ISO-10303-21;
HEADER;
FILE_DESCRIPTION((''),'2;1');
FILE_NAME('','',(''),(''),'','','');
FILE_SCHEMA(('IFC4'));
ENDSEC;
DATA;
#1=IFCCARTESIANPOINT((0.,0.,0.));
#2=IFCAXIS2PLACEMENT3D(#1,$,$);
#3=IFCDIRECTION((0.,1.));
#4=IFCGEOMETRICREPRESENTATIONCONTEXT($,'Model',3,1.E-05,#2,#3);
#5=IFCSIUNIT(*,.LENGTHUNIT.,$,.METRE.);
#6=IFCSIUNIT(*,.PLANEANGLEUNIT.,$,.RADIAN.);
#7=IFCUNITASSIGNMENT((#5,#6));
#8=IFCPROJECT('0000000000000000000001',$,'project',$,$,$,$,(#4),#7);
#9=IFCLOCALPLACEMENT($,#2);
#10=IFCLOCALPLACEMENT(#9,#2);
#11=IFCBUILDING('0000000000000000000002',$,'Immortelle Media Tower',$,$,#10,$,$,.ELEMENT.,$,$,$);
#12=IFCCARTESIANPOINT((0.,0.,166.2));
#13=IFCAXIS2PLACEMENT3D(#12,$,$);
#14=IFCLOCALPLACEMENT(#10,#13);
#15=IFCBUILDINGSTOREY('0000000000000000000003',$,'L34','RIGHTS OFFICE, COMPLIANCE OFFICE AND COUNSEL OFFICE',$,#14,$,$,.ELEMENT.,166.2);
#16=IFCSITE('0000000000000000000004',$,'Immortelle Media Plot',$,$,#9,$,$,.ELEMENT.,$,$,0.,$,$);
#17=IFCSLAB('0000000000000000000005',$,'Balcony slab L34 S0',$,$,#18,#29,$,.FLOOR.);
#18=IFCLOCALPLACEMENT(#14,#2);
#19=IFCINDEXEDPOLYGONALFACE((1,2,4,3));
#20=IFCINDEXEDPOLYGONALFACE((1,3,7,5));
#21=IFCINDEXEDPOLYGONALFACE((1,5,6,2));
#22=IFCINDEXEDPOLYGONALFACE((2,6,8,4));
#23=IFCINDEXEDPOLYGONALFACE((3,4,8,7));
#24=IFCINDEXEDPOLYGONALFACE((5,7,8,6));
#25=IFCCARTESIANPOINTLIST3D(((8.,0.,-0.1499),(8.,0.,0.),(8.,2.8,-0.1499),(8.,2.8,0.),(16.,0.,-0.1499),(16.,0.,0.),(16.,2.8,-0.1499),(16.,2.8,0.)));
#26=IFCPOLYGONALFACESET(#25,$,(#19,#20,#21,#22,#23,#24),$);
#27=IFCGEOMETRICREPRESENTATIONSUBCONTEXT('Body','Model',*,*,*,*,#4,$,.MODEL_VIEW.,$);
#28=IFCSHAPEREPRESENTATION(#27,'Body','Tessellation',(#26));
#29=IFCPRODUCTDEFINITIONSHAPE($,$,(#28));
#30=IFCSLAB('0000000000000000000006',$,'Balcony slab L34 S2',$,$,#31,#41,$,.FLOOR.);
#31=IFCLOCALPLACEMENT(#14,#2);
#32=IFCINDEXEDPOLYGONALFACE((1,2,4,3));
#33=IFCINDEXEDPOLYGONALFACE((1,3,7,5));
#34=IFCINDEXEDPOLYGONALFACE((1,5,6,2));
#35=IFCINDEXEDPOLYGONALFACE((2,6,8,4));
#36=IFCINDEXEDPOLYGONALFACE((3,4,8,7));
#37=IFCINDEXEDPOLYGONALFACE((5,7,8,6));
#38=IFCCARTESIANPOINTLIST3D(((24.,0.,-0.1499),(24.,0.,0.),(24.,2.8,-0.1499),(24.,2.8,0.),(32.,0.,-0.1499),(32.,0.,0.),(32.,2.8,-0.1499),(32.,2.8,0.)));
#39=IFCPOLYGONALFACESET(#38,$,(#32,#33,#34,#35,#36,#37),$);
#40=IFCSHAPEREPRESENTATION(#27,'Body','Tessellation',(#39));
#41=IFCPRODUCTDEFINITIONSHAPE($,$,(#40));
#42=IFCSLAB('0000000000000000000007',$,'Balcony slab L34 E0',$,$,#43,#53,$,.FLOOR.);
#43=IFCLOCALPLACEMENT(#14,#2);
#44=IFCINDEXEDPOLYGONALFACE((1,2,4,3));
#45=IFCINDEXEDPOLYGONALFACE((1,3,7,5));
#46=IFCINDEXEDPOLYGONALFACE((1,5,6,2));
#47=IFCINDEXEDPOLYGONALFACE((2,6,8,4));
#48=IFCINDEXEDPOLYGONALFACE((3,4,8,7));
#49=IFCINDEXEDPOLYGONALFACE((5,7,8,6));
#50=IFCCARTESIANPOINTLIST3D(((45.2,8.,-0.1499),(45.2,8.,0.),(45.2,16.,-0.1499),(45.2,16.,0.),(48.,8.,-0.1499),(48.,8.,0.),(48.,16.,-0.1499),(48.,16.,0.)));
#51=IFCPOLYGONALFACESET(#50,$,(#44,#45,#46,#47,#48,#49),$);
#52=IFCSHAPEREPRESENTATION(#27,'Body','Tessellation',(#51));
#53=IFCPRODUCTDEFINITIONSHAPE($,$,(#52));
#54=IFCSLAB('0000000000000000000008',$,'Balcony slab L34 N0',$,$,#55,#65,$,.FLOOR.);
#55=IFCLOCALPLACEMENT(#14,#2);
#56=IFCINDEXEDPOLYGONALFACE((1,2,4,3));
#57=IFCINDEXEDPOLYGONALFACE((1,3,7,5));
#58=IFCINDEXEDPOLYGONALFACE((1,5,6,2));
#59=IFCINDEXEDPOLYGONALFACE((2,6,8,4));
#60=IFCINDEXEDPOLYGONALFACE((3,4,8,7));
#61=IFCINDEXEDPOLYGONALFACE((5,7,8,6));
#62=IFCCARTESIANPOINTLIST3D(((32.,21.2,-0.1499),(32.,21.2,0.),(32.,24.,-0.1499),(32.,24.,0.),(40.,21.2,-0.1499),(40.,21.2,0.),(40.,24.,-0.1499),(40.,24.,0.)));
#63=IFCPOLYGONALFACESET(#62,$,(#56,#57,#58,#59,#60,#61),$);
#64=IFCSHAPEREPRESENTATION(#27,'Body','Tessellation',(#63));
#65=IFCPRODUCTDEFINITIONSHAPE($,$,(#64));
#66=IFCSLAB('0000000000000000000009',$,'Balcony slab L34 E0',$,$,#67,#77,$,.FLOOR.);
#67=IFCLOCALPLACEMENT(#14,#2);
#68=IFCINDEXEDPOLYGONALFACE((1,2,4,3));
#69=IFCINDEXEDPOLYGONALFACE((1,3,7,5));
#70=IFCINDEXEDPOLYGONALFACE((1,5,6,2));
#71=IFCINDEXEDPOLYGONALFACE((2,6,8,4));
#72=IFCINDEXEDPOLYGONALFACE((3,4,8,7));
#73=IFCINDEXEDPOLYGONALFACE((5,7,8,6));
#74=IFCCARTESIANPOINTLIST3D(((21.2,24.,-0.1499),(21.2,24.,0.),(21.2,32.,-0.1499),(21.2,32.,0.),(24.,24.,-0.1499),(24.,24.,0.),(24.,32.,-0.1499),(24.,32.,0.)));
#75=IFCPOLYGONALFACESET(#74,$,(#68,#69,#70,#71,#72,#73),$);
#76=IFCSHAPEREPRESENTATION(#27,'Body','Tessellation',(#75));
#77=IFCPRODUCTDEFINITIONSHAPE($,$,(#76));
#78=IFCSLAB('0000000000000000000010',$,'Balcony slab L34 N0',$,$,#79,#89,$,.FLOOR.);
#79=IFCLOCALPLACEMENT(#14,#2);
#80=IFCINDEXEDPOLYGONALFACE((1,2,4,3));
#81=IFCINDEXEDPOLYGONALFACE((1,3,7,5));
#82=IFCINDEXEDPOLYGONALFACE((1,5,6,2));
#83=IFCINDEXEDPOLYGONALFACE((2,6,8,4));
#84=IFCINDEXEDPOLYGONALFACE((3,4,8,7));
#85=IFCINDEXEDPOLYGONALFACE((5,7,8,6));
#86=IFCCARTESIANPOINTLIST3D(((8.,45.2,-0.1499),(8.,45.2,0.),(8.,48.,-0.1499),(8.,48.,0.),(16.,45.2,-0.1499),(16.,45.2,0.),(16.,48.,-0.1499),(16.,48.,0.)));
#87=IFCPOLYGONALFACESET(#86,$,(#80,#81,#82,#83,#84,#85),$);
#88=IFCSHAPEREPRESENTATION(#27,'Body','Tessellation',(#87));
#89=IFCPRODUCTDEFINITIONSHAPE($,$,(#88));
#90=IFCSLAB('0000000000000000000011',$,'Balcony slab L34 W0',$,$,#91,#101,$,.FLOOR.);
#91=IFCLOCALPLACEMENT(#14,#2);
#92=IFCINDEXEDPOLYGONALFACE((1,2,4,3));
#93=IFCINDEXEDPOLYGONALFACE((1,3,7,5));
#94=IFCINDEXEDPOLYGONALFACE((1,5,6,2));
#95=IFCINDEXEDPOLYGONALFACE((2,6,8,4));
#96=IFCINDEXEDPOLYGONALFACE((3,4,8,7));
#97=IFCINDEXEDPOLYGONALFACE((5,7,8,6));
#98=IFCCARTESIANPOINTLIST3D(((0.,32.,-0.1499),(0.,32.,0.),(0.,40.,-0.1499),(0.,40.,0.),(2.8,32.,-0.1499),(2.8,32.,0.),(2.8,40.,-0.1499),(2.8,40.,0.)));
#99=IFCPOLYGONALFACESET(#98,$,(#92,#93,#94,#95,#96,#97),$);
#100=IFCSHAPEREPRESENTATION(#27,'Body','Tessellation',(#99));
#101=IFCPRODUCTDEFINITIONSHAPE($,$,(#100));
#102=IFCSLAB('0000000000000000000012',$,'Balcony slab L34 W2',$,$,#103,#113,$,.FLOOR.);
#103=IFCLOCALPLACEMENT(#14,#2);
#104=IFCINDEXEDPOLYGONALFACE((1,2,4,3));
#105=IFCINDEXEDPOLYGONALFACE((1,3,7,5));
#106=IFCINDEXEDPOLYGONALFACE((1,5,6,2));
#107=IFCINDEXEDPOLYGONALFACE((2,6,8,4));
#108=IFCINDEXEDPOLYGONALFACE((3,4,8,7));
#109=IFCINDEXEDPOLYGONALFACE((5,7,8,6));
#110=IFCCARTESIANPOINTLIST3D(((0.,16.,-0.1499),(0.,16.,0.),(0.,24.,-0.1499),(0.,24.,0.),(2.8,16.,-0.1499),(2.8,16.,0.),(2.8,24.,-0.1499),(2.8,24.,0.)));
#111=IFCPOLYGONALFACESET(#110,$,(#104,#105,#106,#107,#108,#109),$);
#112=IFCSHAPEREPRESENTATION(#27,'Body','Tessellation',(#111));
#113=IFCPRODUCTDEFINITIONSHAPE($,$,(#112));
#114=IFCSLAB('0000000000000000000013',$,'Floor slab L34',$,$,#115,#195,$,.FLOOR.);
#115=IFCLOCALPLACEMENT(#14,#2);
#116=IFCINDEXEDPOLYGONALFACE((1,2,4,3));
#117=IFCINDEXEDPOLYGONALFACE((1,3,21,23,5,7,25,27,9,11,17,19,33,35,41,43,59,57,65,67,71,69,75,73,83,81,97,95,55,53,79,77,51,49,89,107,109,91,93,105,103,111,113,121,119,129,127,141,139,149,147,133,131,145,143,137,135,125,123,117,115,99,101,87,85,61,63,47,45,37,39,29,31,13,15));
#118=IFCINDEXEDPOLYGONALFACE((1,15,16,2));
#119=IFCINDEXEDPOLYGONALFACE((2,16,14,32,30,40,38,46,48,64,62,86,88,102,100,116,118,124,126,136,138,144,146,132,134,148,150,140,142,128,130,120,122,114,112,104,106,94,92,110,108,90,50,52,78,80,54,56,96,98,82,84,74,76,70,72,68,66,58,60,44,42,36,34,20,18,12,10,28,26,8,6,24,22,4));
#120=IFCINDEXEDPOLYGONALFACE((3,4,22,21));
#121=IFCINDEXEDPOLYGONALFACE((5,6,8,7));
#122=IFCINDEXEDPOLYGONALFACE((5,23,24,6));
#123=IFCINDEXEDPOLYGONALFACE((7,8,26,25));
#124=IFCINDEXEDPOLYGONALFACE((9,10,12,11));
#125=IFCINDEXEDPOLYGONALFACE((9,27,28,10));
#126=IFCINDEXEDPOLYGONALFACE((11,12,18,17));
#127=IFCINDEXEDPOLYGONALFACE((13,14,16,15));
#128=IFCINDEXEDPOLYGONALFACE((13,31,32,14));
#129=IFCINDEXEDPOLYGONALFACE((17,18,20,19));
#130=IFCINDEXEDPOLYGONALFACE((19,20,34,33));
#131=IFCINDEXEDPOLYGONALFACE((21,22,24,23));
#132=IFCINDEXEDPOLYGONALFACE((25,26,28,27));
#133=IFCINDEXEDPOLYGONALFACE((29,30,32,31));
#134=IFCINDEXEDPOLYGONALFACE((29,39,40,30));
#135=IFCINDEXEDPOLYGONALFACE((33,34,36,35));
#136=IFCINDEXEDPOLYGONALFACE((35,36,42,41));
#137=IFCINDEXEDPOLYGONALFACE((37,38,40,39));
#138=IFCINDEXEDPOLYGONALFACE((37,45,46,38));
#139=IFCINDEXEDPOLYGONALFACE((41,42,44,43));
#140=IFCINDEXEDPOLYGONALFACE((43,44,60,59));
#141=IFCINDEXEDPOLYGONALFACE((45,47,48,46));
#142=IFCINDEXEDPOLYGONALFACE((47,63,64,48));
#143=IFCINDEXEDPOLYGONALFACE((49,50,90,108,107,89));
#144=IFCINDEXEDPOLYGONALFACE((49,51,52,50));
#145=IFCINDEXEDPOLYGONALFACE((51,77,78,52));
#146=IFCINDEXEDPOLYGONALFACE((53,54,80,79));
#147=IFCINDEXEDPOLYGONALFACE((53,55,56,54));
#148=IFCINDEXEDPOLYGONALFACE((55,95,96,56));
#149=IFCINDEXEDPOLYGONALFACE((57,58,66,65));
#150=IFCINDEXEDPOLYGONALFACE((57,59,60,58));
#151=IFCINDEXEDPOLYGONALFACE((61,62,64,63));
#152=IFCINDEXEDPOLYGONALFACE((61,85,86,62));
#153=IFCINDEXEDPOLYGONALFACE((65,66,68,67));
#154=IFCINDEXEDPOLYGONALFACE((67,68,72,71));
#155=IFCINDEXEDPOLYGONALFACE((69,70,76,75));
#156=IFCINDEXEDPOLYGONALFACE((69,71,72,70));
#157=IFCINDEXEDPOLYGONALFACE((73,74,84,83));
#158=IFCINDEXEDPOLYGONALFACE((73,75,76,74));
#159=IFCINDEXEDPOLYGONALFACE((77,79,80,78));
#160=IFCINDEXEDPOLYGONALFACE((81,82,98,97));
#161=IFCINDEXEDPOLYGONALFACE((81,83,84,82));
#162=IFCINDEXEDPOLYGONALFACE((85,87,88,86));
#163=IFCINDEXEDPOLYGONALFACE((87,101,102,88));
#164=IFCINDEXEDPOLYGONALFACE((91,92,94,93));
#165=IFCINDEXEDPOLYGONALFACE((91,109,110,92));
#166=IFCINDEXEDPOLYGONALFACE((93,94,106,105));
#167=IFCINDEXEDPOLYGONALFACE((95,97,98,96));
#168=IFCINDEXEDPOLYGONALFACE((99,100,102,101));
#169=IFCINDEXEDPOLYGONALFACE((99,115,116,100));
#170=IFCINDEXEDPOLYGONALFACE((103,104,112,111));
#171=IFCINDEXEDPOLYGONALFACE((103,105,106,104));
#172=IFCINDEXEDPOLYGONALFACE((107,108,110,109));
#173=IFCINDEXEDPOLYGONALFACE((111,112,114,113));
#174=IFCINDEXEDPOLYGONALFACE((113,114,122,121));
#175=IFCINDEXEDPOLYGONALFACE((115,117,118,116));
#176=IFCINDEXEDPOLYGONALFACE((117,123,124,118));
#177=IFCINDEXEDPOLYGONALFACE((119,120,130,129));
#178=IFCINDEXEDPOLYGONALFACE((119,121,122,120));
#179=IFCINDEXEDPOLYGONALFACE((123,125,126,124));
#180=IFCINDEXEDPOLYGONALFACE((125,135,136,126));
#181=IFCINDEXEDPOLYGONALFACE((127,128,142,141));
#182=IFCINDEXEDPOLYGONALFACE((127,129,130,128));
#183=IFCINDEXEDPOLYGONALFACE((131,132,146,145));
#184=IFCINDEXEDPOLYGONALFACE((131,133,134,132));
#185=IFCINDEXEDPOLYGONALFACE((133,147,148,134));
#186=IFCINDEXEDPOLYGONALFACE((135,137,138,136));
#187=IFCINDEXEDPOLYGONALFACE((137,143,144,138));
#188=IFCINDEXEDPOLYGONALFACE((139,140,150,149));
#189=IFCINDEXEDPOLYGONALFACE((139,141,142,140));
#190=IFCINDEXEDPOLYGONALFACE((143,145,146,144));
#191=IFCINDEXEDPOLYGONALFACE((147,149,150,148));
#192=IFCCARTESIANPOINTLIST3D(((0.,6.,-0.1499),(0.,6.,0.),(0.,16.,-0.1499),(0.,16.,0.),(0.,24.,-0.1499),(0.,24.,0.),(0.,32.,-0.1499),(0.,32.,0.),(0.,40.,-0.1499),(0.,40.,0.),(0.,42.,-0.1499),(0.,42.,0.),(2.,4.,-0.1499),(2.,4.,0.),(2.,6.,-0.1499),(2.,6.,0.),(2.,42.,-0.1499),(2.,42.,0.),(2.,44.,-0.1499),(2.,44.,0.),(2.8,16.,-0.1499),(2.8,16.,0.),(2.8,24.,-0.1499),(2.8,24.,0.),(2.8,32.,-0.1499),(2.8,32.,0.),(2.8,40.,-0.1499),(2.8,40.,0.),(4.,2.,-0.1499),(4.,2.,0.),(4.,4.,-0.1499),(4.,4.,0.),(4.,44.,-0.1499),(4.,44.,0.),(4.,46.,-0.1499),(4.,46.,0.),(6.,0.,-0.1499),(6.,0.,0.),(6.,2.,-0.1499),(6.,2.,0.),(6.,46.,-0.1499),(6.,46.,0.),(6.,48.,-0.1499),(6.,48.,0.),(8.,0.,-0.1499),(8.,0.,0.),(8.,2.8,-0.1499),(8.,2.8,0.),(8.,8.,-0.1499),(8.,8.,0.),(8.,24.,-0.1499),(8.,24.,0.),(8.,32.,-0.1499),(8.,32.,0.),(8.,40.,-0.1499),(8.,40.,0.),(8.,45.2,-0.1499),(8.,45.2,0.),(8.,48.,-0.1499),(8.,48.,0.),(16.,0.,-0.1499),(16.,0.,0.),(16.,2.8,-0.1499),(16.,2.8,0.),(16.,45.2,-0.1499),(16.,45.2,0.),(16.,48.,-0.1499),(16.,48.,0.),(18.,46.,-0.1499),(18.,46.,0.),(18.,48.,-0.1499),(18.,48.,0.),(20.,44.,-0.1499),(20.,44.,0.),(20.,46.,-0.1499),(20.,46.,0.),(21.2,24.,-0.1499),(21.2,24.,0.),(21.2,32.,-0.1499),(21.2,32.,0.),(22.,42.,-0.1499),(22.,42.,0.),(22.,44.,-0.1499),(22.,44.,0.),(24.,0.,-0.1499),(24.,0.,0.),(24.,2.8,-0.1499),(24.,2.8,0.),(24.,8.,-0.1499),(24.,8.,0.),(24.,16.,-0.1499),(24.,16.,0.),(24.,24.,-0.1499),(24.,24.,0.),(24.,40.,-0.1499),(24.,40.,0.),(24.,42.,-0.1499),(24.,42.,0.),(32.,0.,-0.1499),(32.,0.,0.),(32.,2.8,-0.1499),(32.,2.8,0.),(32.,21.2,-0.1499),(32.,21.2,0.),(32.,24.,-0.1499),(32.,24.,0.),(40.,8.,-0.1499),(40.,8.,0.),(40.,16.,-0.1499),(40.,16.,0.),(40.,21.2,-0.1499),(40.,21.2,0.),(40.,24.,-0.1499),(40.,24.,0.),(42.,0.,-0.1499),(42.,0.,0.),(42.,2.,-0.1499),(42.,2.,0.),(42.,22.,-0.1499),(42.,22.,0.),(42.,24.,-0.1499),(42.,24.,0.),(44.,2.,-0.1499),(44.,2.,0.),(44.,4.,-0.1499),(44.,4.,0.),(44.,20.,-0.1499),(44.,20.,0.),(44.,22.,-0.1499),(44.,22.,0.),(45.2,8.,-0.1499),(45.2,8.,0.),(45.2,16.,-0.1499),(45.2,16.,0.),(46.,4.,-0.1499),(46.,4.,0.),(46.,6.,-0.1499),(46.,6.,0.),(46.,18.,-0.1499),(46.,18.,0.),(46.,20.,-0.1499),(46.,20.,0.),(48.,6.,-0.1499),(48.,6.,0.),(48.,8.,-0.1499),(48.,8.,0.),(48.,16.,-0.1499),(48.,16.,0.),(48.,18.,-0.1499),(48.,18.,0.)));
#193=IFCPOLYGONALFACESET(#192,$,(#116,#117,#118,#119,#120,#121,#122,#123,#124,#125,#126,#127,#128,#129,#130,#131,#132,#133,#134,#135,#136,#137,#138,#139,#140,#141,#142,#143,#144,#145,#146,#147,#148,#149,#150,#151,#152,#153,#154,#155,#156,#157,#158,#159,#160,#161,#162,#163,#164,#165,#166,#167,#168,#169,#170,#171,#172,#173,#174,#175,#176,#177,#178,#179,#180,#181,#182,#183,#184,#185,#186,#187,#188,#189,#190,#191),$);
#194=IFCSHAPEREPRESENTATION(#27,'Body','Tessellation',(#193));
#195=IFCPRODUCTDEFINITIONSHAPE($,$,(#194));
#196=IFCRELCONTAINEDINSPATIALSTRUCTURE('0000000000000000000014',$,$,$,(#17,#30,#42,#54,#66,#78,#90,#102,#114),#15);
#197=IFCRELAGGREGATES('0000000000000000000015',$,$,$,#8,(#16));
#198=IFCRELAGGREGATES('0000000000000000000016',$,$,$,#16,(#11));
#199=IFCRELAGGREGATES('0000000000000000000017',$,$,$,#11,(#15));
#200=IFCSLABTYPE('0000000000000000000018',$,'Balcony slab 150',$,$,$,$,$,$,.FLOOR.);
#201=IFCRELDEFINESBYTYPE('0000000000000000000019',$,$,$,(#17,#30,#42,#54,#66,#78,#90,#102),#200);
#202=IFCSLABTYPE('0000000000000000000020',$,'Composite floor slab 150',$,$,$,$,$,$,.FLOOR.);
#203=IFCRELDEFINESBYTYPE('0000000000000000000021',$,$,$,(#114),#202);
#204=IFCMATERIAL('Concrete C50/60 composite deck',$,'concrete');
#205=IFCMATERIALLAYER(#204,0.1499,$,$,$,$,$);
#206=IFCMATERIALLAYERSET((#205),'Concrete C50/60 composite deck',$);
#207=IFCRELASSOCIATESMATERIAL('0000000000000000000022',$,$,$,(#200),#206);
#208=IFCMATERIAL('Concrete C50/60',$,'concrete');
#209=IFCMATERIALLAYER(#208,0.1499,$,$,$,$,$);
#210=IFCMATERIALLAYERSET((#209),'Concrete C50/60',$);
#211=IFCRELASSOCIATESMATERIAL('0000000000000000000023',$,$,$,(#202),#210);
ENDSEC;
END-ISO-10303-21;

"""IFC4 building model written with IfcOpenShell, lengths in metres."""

from ifc_helpers import new_model, si_unit, direction, frame, origin, place, context, subcontext, project, spatial, polyline, outline, extrude, material, layer, layer_set, type_object, element, save


model = new_model("IFC4")

# Units and contexts
model_context = context("Model", 3, precision=1e-05, world=origin(), true_north=direction((0.0, 1.0)))
body_context = subcontext(model_context, "Body", "Model", "MODEL_VIEW")
ifc_project = project(units=[si_unit("LENGTHUNIT", "METRE"), si_unit("PLANEANGLEUNIT", "RADIAN")], contexts=[model_context])

# Site, building, storey
site_placement = place(None, origin())
site = spatial("IfcSite", under=ifc_project, at=site_placement, Name="Immortelle Media Plot", CompositionType="ELEMENT", RefElevation=0.0)
building_placement = place(site_placement, origin())
building = spatial("IfcBuilding", under=site, at=building_placement, Name="Immortelle Media Tower", CompositionType="ELEMENT")
storey_placement = place(building_placement, frame((0.0, 0.0, 166.2)))
storey = spatial("IfcBuildingStorey", under=building, at=storey_placement, Name="L34", Description="RIGHTS OFFICE, COMPLIANCE OFFICE AND COUNSEL OFFICE", CompositionType="ELEMENT", Elevation=166.2)

# Slabs
ifc_material_1 = material(Name="Concrete C50/60 composite deck", Category="concrete")
ifc_layer_1 = layer(ifc_material_1, 0.1499)
ifc_layer_set_1 = layer_set([ifc_layer_1], Name="Concrete C50/60 composite deck")
slab_type_1 = type_object("IfcSlabType", Name="Balcony slab 150", PredefinedType="FLOOR", material=ifc_layer_set_1)
slab_1_placement = place(storey_placement, frame((0.0, 0.0, -0.1499)))
element("IfcSlab", 1, at=slab_1_placement, inside=storey, type_object=slab_type_1, Name="Balcony slab L34 S0", PredefinedType="FLOOR", context=body_context, shape_type="SweptSolid", body=[
    extrude(outline(polyline([(16.0, 0.0), (16.0, 2.8), (8.0, 2.8), (8.0, 0.0), (16.0, 0.0)])), origin(), (0.0, 0.0, 1.0), 0.1499),
])
slab_2_placement = place(storey_placement, frame((0.0, 0.0, -0.1499)))
element("IfcSlab", 2, at=slab_2_placement, inside=storey, type_object=slab_type_1, Name="Balcony slab L34 S2", PredefinedType="FLOOR", context=body_context, shape_type="SweptSolid", body=[
    extrude(outline(polyline([(32.0, 0.0), (32.0, 2.8), (24.0, 2.8), (24.0, 0.0), (32.0, 0.0)])), origin(), (0.0, 0.0, 1.0), 0.1499),
])
slab_3_placement = place(storey_placement, frame((0.0, 0.0, -0.1499)))
element("IfcSlab", 3, at=slab_3_placement, inside=storey, type_object=slab_type_1, Name="Balcony slab L34 E0", PredefinedType="FLOOR", context=body_context, shape_type="SweptSolid", body=[
    extrude(outline(polyline([(48.0, 8.0), (48.0, 16.0), (45.2, 16.0), (45.2, 8.0), (48.0, 8.0)])), origin(), (0.0, 0.0, 1.0), 0.1499),
])
slab_4_placement = place(storey_placement, frame((0.0, 0.0, -0.1499)))
element("IfcSlab", 4, at=slab_4_placement, inside=storey, type_object=slab_type_1, Name="Balcony slab L34 N0", PredefinedType="FLOOR", context=body_context, shape_type="SweptSolid", body=[
    extrude(outline(polyline([(40.0, 21.2), (40.0, 24.0), (32.0, 24.0), (32.0, 21.2), (40.0, 21.2)])), origin(), (0.0, 0.0, 1.0), 0.1499),
])
slab_5_placement = place(storey_placement, frame((0.0, 0.0, -0.1499)))
element("IfcSlab", 5, at=slab_5_placement, inside=storey, type_object=slab_type_1, Name="Balcony slab L34 E0", PredefinedType="FLOOR", context=body_context, shape_type="SweptSolid", body=[
    extrude(outline(polyline([(24.0, 24.0), (24.0, 32.0), (21.2, 32.0), (21.2, 24.0), (24.0, 24.0)])), origin(), (0.0, 0.0, 1.0), 0.1499),
])
slab_6_placement = place(storey_placement, frame((0.0, 0.0, -0.1499)))
element("IfcSlab", 6, at=slab_6_placement, inside=storey, type_object=slab_type_1, Name="Balcony slab L34 N0", PredefinedType="FLOOR", context=body_context, shape_type="SweptSolid", body=[
    extrude(outline(polyline([(16.0, 45.2), (16.0, 48.0), (8.0, 48.0), (8.0, 45.2), (16.0, 45.2)])), origin(), (0.0, 0.0, 1.0), 0.1499),
])
slab_7_placement = place(storey_placement, frame((0.0, 0.0, -0.1499)))
element("IfcSlab", 7, at=slab_7_placement, inside=storey, type_object=slab_type_1, Name="Balcony slab L34 W0", PredefinedType="FLOOR", context=body_context, shape_type="SweptSolid", body=[
    extrude(outline(polyline([(2.8, 32.0), (2.8, 40.0), (0.0, 40.0), (0.0, 32.0), (2.8, 32.0)])), origin(), (0.0, 0.0, 1.0), 0.1499),
])
slab_8_placement = place(storey_placement, frame((0.0, 0.0, -0.1499)))
element("IfcSlab", 8, at=slab_8_placement, inside=storey, type_object=slab_type_1, Name="Balcony slab L34 W2", PredefinedType="FLOOR", context=body_context, shape_type="SweptSolid", body=[
    extrude(outline(polyline([(2.8, 16.0), (2.8, 24.0), (0.0, 24.0), (0.0, 16.0), (2.8, 16.0)])), origin(), (0.0, 0.0, 1.0), 0.1499),
])
ifc_material_2 = material(Name="Concrete C50/60", Category="concrete")
ifc_layer_2 = layer(ifc_material_2, 0.1499)
ifc_layer_set_2 = layer_set([ifc_layer_2], Name="Concrete C50/60")
slab_type_2 = type_object("IfcSlabType", Name="Composite floor slab 150", PredefinedType="FLOOR", material=ifc_layer_set_2)
slab_9_placement = place(storey_placement, frame((0.0, 0.0, -0.1499)))
element("IfcSlab", 9, at=slab_9_placement, inside=storey, type_object=slab_type_2, Name="Floor slab L34", PredefinedType="FLOOR", context=body_context, shape_type="SweptSolid", body=[
    extrude(outline(polyline([(6.0, 0.0), (6.0, 2.0), (4.0, 2.0), (4.0, 4.0), (2.0, 4.0), (2.0, 6.0), (0.0, 6.0), (0.0, 16.0), (2.8, 16.0), (2.8, 24.0), (0.0, 24.0), (0.0, 32.0), (2.8, 32.0), (2.8, 40.0), (0.0, 40.0), (0.0, 42.0), (2.0, 42.0), (2.0, 44.0), (4.0, 44.0), (4.0, 46.0), (6.0, 46.0), (6.0, 48.0), (8.0, 48.0), (8.0, 45.2), (16.0, 45.2), (16.0, 48.0), (18.0, 48.0), (18.0, 46.0), (20.0, 46.0), (20.0, 44.0), (22.0, 44.0), (22.0, 42.0), (24.0, 42.0), (24.0, 40.0), (8.0, 40.0), (8.0, 32.0), (21.2, 32.0), (21.2, 24.0), (8.0, 24.0), (8.0, 8.0), (24.0, 8.0), (40.0, 8.0), (40.0, 16.0), (24.0, 16.0), (24.0, 24.0), (32.0, 24.0), (32.0, 21.2), (40.0, 21.2), (40.0, 24.0), (42.0, 24.0), (42.0, 22.0), (44.0, 22.0), (44.0, 20.0), (46.0, 20.0), (46.0, 18.0), (48.0, 18.0), (48.0, 16.0), (45.2, 16.0), (45.2, 8.0), (48.0, 8.0), (48.0, 6.0), (46.0, 6.0), (46.0, 4.0), (44.0, 4.0), (44.0, 2.0), (42.0, 2.0), (42.0, 0.0), (32.0, 0.0), (32.0, 2.8), (24.0, 2.8), (24.0, 0.0), (16.0, 0.0), (16.0, 2.8), (8.0, 2.8), (8.0, 0.0), (6.0, 0.0)])), origin(), (0.0, 0.0, 1.0), 0.1499),
])

save(model, "model.ifc")
